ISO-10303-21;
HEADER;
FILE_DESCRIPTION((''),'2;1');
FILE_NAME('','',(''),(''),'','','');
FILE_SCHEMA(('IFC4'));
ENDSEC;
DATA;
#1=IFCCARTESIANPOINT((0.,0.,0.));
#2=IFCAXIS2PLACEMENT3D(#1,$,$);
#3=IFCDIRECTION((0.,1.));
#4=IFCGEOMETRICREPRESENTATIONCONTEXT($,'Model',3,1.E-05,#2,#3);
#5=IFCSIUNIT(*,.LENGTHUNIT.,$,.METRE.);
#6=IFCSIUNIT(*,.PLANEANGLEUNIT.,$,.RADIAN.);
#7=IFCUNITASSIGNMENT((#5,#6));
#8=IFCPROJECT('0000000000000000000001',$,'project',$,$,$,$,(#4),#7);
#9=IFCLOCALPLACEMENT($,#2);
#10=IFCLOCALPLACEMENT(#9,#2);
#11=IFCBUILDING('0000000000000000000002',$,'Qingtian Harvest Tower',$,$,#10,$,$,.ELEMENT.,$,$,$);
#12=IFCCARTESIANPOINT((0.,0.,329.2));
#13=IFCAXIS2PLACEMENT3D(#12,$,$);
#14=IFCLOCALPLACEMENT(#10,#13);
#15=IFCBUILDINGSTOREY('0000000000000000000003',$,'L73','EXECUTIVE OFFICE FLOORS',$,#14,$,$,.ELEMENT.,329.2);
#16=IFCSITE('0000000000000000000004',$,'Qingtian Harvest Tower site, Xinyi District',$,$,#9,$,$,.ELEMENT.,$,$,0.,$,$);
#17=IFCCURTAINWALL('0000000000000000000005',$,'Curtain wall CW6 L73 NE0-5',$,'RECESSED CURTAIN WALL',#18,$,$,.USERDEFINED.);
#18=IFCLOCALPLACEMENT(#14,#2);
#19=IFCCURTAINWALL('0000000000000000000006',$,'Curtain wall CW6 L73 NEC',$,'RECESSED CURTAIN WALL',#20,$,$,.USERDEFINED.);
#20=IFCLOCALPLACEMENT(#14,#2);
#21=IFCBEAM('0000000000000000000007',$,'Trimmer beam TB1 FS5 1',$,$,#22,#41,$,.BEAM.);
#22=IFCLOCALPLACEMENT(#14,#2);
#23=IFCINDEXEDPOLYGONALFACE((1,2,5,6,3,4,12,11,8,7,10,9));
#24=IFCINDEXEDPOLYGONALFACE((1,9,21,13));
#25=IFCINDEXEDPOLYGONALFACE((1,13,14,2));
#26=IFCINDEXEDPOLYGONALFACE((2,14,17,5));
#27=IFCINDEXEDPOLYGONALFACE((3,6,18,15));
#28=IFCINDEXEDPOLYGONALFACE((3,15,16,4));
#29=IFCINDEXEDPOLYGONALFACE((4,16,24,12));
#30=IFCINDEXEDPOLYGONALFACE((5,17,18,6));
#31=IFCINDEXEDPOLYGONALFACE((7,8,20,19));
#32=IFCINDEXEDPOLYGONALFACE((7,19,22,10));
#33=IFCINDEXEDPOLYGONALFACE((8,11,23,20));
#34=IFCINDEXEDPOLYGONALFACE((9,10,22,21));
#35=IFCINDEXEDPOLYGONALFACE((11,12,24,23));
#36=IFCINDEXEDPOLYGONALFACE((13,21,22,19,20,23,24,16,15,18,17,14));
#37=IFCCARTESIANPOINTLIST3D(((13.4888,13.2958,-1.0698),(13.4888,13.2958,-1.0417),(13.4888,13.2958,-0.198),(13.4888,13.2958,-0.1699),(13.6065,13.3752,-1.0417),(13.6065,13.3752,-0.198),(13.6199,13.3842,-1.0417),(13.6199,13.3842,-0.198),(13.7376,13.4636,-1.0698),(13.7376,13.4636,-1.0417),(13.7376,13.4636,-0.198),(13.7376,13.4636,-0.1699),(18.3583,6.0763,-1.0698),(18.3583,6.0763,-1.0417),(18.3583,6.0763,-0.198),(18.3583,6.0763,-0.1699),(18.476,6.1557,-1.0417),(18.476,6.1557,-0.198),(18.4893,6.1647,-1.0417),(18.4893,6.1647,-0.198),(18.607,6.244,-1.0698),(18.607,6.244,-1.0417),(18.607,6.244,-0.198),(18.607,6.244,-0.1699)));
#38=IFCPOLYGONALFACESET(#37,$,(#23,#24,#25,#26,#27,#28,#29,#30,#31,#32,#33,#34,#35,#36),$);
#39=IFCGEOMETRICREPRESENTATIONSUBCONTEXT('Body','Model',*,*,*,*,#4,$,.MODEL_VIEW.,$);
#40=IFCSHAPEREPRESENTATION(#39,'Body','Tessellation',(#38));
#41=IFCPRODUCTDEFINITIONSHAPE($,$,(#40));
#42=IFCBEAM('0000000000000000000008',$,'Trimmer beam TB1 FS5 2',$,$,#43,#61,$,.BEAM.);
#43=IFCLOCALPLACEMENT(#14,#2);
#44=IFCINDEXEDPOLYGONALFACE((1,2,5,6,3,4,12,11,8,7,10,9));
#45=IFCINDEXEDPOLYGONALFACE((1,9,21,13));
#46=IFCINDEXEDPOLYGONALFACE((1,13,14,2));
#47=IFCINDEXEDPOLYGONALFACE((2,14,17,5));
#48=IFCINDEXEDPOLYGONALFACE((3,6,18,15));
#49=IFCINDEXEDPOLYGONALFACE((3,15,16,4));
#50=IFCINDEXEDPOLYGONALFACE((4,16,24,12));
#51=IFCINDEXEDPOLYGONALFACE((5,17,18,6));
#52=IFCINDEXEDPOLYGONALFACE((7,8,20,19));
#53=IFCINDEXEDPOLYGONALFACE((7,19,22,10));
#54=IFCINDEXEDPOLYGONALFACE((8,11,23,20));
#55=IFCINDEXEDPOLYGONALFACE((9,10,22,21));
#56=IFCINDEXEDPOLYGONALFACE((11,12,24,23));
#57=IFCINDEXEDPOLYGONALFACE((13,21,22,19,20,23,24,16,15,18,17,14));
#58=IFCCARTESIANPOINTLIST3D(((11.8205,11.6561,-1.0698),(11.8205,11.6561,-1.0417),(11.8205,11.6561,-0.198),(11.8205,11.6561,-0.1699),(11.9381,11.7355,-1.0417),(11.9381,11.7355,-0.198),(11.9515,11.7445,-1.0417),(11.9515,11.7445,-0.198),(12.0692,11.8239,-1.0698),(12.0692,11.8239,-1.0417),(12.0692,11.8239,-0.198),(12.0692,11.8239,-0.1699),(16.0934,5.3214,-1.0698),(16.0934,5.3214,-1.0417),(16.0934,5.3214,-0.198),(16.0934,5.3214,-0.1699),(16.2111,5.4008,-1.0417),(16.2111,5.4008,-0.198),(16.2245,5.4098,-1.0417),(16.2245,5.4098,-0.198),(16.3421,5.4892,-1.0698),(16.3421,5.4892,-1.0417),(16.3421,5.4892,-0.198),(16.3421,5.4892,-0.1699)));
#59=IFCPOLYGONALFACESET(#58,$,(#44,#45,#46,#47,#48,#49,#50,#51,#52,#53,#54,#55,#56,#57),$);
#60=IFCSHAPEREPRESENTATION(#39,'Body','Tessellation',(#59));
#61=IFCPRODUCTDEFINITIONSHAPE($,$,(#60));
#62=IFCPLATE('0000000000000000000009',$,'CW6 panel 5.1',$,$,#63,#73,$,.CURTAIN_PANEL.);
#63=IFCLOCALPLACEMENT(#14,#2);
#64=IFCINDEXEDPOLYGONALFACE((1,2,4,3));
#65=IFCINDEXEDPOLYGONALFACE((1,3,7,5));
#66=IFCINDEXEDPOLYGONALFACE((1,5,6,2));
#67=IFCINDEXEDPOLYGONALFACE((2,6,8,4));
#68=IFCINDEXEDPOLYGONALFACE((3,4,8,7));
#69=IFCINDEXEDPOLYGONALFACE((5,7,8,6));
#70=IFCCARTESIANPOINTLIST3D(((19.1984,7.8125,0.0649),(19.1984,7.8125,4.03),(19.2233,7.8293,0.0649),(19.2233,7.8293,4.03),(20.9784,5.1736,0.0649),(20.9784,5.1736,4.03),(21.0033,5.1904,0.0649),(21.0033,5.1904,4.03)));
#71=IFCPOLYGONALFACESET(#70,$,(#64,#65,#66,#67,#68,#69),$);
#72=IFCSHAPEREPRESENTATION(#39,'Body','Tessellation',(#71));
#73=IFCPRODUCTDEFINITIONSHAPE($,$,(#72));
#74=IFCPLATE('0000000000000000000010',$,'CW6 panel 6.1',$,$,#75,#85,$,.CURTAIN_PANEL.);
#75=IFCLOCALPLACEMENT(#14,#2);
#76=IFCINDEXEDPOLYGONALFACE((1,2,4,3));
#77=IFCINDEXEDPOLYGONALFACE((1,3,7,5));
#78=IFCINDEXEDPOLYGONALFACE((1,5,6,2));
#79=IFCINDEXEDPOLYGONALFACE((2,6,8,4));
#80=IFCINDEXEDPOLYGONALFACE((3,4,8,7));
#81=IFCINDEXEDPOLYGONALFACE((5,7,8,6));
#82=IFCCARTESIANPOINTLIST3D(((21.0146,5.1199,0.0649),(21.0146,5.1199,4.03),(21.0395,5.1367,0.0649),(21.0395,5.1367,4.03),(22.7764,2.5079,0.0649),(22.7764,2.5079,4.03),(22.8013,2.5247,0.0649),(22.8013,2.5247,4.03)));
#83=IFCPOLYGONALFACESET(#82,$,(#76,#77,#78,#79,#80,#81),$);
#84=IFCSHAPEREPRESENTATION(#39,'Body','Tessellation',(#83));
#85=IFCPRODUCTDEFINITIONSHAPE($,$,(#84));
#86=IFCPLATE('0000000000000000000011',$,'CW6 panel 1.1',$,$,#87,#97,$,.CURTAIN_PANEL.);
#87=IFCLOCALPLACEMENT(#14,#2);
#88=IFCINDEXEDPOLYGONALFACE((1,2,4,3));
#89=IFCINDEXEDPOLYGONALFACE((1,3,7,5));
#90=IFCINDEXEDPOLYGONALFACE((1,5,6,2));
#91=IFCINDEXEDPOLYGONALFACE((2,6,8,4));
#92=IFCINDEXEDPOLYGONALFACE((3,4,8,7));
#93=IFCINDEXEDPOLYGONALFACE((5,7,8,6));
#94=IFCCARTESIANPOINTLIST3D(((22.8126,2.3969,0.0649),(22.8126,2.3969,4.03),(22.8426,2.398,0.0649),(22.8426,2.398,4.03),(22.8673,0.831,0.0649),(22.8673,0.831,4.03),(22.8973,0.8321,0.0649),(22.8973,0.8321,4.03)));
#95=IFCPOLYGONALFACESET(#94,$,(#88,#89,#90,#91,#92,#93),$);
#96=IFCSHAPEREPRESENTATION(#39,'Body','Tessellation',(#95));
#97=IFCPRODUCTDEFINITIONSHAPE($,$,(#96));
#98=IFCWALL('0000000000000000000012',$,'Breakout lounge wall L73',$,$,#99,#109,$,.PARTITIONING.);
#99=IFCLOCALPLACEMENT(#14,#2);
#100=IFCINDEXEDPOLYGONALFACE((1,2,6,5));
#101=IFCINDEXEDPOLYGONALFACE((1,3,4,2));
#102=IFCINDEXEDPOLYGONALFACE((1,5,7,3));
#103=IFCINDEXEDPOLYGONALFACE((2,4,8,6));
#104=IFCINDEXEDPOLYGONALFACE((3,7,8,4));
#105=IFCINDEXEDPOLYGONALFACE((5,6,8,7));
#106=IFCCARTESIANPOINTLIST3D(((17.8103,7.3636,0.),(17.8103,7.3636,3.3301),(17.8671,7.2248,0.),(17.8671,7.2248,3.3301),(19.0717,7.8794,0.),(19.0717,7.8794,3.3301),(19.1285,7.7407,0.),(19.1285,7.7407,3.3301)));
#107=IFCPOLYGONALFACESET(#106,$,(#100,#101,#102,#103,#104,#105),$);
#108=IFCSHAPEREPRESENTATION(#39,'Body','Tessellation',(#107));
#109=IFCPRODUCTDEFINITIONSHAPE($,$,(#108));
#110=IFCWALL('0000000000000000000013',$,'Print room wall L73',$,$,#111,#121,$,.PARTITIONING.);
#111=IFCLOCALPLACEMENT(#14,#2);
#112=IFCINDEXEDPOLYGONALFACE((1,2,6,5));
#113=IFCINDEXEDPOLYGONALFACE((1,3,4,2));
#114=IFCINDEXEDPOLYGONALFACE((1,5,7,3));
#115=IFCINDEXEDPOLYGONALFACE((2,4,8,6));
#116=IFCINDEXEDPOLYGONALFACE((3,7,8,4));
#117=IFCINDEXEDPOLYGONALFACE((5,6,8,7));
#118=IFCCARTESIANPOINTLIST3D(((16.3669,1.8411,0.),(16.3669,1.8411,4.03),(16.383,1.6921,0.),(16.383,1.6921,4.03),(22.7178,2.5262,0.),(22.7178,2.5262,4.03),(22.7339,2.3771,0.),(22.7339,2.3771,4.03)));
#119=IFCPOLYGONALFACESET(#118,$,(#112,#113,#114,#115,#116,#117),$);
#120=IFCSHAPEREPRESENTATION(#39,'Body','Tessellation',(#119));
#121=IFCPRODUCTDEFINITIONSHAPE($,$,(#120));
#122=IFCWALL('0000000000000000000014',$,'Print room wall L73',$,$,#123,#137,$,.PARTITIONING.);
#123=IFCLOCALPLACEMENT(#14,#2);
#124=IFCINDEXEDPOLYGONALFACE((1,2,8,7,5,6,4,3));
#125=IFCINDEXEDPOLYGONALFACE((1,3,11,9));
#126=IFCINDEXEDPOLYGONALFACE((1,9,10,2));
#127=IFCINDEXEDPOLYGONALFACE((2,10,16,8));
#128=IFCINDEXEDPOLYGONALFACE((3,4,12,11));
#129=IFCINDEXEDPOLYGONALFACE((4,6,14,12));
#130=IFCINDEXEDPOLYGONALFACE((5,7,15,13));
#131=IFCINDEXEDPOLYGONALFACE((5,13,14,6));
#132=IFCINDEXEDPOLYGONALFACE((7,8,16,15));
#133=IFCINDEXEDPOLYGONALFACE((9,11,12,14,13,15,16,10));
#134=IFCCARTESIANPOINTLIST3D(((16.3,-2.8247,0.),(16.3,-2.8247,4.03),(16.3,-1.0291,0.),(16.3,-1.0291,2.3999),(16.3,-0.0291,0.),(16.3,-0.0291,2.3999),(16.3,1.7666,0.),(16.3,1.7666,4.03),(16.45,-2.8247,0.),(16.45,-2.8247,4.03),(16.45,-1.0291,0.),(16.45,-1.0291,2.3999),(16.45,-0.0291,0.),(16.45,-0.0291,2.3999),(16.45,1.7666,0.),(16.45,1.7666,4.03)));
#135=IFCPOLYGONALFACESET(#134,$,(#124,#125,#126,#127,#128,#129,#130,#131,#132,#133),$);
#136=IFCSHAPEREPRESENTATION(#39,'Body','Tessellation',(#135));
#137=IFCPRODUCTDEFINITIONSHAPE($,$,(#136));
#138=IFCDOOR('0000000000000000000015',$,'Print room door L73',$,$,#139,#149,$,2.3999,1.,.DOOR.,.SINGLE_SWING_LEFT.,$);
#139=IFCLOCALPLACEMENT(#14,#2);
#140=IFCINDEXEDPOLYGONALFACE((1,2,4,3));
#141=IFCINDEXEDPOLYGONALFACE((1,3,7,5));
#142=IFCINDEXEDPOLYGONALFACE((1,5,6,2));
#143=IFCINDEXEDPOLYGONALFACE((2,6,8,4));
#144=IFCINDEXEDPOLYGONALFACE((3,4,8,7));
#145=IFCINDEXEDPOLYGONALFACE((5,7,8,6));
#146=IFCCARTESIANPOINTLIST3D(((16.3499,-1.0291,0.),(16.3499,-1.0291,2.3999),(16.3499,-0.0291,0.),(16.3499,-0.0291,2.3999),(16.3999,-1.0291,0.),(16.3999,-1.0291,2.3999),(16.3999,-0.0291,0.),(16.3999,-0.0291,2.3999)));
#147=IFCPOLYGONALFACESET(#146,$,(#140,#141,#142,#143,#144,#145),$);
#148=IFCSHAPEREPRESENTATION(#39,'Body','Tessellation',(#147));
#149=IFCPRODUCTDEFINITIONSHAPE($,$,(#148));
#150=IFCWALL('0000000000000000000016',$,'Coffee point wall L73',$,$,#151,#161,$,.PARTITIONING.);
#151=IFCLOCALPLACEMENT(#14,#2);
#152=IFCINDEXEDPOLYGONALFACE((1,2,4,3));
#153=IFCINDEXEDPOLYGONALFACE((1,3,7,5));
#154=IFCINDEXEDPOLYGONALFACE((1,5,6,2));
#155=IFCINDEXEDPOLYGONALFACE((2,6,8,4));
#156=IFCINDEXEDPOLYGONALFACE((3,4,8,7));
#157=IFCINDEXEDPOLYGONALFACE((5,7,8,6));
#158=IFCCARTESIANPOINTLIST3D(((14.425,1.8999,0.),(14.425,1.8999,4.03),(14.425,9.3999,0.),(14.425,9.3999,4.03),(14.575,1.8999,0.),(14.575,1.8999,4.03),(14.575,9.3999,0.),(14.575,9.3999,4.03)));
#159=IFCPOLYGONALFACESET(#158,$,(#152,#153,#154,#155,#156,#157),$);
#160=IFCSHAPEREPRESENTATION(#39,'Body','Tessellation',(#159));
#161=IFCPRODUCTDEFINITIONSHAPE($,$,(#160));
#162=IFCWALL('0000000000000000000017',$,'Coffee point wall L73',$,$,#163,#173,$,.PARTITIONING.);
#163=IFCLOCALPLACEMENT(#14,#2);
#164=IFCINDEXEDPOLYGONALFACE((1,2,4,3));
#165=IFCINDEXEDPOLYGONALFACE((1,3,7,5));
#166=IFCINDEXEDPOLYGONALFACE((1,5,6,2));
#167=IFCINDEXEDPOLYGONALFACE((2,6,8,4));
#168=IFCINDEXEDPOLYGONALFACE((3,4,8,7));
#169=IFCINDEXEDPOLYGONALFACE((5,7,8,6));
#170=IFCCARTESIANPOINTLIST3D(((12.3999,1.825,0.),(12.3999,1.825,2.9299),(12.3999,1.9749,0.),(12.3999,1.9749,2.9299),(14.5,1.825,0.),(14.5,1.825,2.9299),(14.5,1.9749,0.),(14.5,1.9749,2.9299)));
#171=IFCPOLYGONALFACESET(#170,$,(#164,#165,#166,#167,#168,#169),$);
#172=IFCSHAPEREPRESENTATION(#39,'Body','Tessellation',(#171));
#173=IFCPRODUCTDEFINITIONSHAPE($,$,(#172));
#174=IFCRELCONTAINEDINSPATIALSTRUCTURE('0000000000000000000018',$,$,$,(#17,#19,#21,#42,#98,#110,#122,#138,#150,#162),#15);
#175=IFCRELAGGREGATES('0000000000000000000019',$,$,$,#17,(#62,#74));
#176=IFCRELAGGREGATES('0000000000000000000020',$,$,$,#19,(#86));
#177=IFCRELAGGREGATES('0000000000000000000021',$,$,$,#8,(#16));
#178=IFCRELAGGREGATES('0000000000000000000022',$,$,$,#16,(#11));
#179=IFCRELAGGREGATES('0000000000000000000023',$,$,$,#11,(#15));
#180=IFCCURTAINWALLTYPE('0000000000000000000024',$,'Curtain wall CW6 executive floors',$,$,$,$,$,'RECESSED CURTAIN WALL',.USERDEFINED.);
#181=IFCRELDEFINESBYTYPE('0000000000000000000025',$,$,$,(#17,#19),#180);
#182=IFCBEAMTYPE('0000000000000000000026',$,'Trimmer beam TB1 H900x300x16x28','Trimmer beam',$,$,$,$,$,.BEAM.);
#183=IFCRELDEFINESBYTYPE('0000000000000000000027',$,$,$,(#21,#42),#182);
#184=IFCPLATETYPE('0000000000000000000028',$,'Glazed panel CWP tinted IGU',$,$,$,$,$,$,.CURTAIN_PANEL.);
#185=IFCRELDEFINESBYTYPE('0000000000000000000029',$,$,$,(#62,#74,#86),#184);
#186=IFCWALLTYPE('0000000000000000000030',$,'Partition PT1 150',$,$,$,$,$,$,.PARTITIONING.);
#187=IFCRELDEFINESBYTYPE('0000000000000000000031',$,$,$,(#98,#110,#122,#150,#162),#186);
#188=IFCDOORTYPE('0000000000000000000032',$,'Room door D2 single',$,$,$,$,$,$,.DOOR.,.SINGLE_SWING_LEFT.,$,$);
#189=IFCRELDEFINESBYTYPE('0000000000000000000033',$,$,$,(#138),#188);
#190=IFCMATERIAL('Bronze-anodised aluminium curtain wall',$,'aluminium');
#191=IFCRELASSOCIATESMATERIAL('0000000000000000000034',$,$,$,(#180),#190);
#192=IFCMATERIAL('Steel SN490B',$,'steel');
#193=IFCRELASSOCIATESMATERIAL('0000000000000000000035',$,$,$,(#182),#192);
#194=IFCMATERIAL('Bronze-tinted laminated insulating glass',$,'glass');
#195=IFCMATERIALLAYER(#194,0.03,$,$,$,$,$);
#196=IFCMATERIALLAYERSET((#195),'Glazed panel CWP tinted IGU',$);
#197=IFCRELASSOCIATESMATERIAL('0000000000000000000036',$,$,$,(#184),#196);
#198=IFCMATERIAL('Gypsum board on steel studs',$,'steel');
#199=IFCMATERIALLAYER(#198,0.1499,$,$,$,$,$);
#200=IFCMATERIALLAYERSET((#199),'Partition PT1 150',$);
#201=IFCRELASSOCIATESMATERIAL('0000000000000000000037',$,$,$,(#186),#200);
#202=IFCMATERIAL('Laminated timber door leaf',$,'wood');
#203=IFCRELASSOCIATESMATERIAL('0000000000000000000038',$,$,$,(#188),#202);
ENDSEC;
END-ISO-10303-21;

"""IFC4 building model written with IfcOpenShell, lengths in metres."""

from ifc_helpers import new_model, si_unit, direction, frame, frame_2d, origin, origin_2d, place, context, subcontext, project, spatial, rectangle, i_section, extrude, material, layer, layer_set, material_profile, profile_set, type_object, element, fill, aggregate, save


model = new_model("IFC4")

# Units and contexts
model_context = context("Model", 3, precision=1e-05, world=origin(), true_north=direction((0.0, 1.0)))
body_context = subcontext(model_context, "Body", "Model", "MODEL_VIEW")
ifc_project = project(units=[si_unit("LENGTHUNIT", "METRE"), si_unit("PLANEANGLEUNIT", "RADIAN")], contexts=[model_context])

# Site, building, storey
site_placement = place(None, origin())
site = spatial("IfcSite", under=ifc_project, at=site_placement, Name="Qingtian Harvest Tower site, Xinyi District", CompositionType="ELEMENT", RefElevation=0.0)
building_placement = place(site_placement, origin())
building = spatial("IfcBuilding", under=site, at=building_placement, Name="Qingtian Harvest Tower", CompositionType="ELEMENT")
storey_placement = place(building_placement, frame((0.0, 0.0, 329.2)))
storey = spatial("IfcBuildingStorey", under=building, at=storey_placement, Name="L73", Description="EXECUTIVE OFFICE FLOORS", CompositionType="ELEMENT", Elevation=329.2)

# Curtain walls
ifc_material_1 = material(Name="Bronze-anodised aluminium curtain wall", Category="aluminium")
curtain_wall_type = type_object("IfcCurtainWallType", Name="Curtain wall CW6 executive floors", ElementType="RECESSED CURTAIN WALL", PredefinedType="USERDEFINED", material=ifc_material_1)
curtain_wall_1_placement = place(storey_placement, origin())
curtain_wall_1 = element("IfcCurtainWall", 1, at=curtain_wall_1_placement, inside=storey, type_object=curtain_wall_type, Name="Curtain wall CW6 L73 NE0-5", ObjectType="RECESSED CURTAIN WALL", PredefinedType="USERDEFINED")
curtain_wall_2_placement = place(storey_placement, origin())
curtain_wall_2 = element("IfcCurtainWall", 2, at=curtain_wall_2_placement, inside=storey, type_object=curtain_wall_type, Name="Curtain wall CW6 L73 NEC", ObjectType="RECESSED CURTAIN WALL", PredefinedType="USERDEFINED")

# Beams
ifc_material_2 = material(Name="Steel SN490B", Category="steel")
ifc_material_profile_1 = material_profile(ifc_material_2, i_section(OverallWidth=0.3, OverallDepth=0.8999, WebThickness=0.0161, FlangeThickness=0.0281, at=origin_2d()), Name="H900x300x16x28")
ifc_profile_set_1 = profile_set([ifc_material_profile_1], Name="Steel SN490B")
beam_type_1 = type_object("IfcBeamType", Name="Trimmer beam TB1 H900x300x16x28", Description="Trimmer beam", PredefinedType="BEAM", material=ifc_profile_set_1)
beam_1_placement = place(storey_placement, frame((18.4827, 6.1602, -0.6199), z_axis=(-0.559176, 0.829049, 0.0), x_axis=(-0.829049, -0.559176, 0.0)))
element("IfcBeam", 3, at=beam_1_placement, inside=storey, type_object=beam_type_1, Name="Trimmer beam TB1 FS5 1", PredefinedType="BEAM", context=body_context, shape_type="SweptSolid", body=[
    extrude(i_section(OverallWidth=0.3, OverallDepth=0.8999, WebThickness=0.0161, FlangeThickness=0.0281, at=origin_2d()), origin(), (0.0, 0.0, 1.0), 8.7083),
])
beam_2_placement = place(storey_placement, frame((16.2178, 5.4053, -0.6199), z_axis=(-0.559204, 0.82903, 0.0), x_axis=(-0.82903, -0.559204, 0.0)))
element("IfcBeam", 4, at=beam_2_placement, inside=storey, type_object=beam_type_1, Name="Trimmer beam TB1 FS5 2", PredefinedType="BEAM", context=body_context, shape_type="SweptSolid", body=[
    extrude(i_section(OverallWidth=0.3, OverallDepth=0.8999, WebThickness=0.0161, FlangeThickness=0.0281, at=origin_2d()), origin(), (0.0, 0.0, 1.0), 7.6411),
])

# Plates
ifc_material_3 = material(Name="Bronze-tinted laminated insulating glass", Category="glass")
ifc_layer_1 = layer(ifc_material_3, 0.03)
ifc_layer_set_1 = layer_set([ifc_layer_1], Name="Glazed panel CWP tinted IGU")
plate_type = type_object("IfcPlateType", Name="Glazed panel CWP tinted IGU", PredefinedType="CURTAIN_PANEL", material=ifc_layer_set_1)
plate_1_placement = place(storey_placement, frame((20.1008, 6.5015, 0.0649), z_axis=(0.0, 0.0, 1.0), x_axis=(0.559193, -0.829038, 0.0)))
plate_1 = element("IfcPlate", 5, at=plate_1_placement, type_object=plate_type, Name="CW6 panel 5.1", PredefinedType="CURTAIN_PANEL", context=body_context, shape_type="SweptSolid", body=[
    extrude(rectangle(XDim=3.1831, YDim=0.03, at=origin_2d()), origin(), (0.0, 0.0, 1.0), 3.9651),
])
plate_2_placement = place(storey_placement, frame((21.908, 3.8223, 0.0649), z_axis=(0.0, 0.0, 1.0), x_axis=(0.559193, -0.829038, 0.0)))
plate_2 = element("IfcPlate", 6, at=plate_2_placement, type_object=plate_type, Name="CW6 panel 6.1", PredefinedType="CURTAIN_PANEL", context=body_context, shape_type="SweptSolid", body=[
    extrude(rectangle(XDim=3.1506, YDim=0.03, at=origin_2d()), origin(), (0.0, 0.0, 1.0), 3.9651),
])
aggregate(curtain_wall_1, [plate_1, plate_2])
plate_3_placement = place(storey_placement, frame((22.855, 1.6145, 0.0649), z_axis=(0.0, 0.0, 1.0), x_axis=(0.034899, -0.999391, 0.0)))
plate_3 = element("IfcPlate", 7, at=plate_3_placement, type_object=plate_type, Name="CW6 panel 1.1", PredefinedType="CURTAIN_PANEL", context=body_context, shape_type="SweptSolid", body=[
    extrude(rectangle(XDim=1.5669, YDim=0.03, at=origin_2d()), origin(), (0.0, 0.0, 1.0), 3.9651),
])
aggregate(curtain_wall_2, [plate_3])

# Walls
ifc_material_4 = material(Name="Gypsum board on steel studs", Category="steel")
ifc_layer_2 = layer(ifc_material_4, 0.1499)
ifc_layer_set_2 = layer_set([ifc_layer_2], Name="Partition PT1 150")
wall_type = type_object("IfcWallType", Name="Partition PT1 150", PredefinedType="PARTITIONING", material=ifc_layer_set_2)
wall_1_placement = place(storey_placement, frame((19.1001, 7.8101, 0.0), z_axis=(0.0, 0.0, 1.0), x_axis=(-0.925595, -0.378514, 0.0)))
element("IfcWall", 8, at=wall_1_placement, inside=storey, type_object=wall_type, Name="Breakout lounge wall L73", PredefinedType="PARTITIONING", context=body_context, shape_type="SweptSolid", body=[
    extrude(rectangle(XDim=1.3628, YDim=0.1499, at=frame_2d((0.6814, 0.0))), origin(), (0.0, 0.0, 1.0), 3.3301),
])
wall_2_placement = place(storey_placement, frame((22.7258, 2.4517, 0.0), z_axis=(0.0, 0.0, 1.0), x_axis=(-0.994232, -0.107247, 0.0)))
element("IfcWall", 9, at=wall_2_placement, inside=storey, type_object=wall_type, Name="Print room wall L73", PredefinedType="PARTITIONING", context=body_context, shape_type="SweptSolid", body=[
    extrude(rectangle(XDim=6.3877, YDim=0.1499, at=frame_2d((3.1938, 0.0))), origin(), (0.0, 0.0, 1.0), 4.03),
])

# Wall, opening, door
wall_3_placement = place(storey_placement, frame((16.375, 1.7666, 0.0), z_axis=(0.0, 0.0, 1.0), x_axis=(0.0, -1.0, 0.0)))
wall_3 = element("IfcWall", 10, at=wall_3_placement, inside=storey, type_object=wall_type, Name="Print room wall L73", PredefinedType="PARTITIONING", context=body_context, shape_type="SweptSolid", body=[
    extrude(rectangle(XDim=4.5913, YDim=0.1499, at=frame_2d((2.2957, 0.0))), origin(), (0.0, 0.0, 1.0), 4.03),
])
opening_placement = place(wall_3_placement, frame((1.7957, 0.0, 0.0)))
opening = element("IfcOpeningElement", 11, at=opening_placement, cuts=wall_3, PredefinedType="OPENING", context=body_context, shape_type="SweptSolid", body=[
    extrude(rectangle(XDim=1.0, YDim=2.3999, at=frame_2d((0.5, 1.2))), frame((0.0, 0.085, 0.0), z_axis=(0.0, -1.0, 0.0), x_axis=(1.0, 0.0, 0.0)), (0.0, 0.0, 1.0), 0.1699),
])
ifc_material_5 = material(Name="Laminated timber door leaf", Category="wood")
door_type = type_object("IfcDoorType", Name="Room door D2 single", OperationType="SINGLE_SWING_LEFT", PredefinedType="DOOR", material=ifc_material_5)
door_placement = place(opening_placement, origin())
door = element("IfcDoor", 12, at=door_placement, inside=storey, type_object=door_type, Name="Print room door L73", OperationType="SINGLE_SWING_LEFT", OverallHeight=2.3999, OverallWidth=1.0, PredefinedType="DOOR", context=body_context, shape_type="SweptSolid", body=[
    extrude(rectangle(XDim=1.0, YDim=2.3999, at=frame_2d((0.5, 1.2))), frame((0.0, 0.0249, 0.0), z_axis=(0.0, -1.0, 0.0), x_axis=(1.0, 0.0, 0.0)), (0.0, 0.0, 1.0), 0.05),
])
fill(opening, door)

# Walls
wall_4_placement = place(storey_placement, frame((14.5, 1.8999, 0.0), z_axis=(0.0, 0.0, 1.0), x_axis=(0.0, 1.0, 0.0)))
element("IfcWall", 13, at=wall_4_placement, inside=storey, type_object=wall_type, Name="Coffee point wall L73", PredefinedType="PARTITIONING", context=body_context, shape_type="SweptSolid", body=[
    extrude(rectangle(XDim=7.5, YDim=0.1499, at=frame_2d((3.75, 0.0))), origin(), (0.0, 0.0, 1.0), 4.03),
])
wall_5_placement = place(storey_placement, frame((12.3999, 1.8999, 0.0), z_axis=(0.0, 0.0, 1.0), x_axis=(1.0, 0.0, 0.0)))
element("IfcWall", 14, at=wall_5_placement, inside=storey, type_object=wall_type, Name="Coffee point wall L73", PredefinedType="PARTITIONING", context=body_context, shape_type="SweptSolid", body=[
    extrude(rectangle(XDim=2.1001, YDim=0.1499, at=frame_2d((1.05, 0.0))), origin(), (0.0, 0.0, 1.0), 2.9299),
])

save(model, "model.ifc")
